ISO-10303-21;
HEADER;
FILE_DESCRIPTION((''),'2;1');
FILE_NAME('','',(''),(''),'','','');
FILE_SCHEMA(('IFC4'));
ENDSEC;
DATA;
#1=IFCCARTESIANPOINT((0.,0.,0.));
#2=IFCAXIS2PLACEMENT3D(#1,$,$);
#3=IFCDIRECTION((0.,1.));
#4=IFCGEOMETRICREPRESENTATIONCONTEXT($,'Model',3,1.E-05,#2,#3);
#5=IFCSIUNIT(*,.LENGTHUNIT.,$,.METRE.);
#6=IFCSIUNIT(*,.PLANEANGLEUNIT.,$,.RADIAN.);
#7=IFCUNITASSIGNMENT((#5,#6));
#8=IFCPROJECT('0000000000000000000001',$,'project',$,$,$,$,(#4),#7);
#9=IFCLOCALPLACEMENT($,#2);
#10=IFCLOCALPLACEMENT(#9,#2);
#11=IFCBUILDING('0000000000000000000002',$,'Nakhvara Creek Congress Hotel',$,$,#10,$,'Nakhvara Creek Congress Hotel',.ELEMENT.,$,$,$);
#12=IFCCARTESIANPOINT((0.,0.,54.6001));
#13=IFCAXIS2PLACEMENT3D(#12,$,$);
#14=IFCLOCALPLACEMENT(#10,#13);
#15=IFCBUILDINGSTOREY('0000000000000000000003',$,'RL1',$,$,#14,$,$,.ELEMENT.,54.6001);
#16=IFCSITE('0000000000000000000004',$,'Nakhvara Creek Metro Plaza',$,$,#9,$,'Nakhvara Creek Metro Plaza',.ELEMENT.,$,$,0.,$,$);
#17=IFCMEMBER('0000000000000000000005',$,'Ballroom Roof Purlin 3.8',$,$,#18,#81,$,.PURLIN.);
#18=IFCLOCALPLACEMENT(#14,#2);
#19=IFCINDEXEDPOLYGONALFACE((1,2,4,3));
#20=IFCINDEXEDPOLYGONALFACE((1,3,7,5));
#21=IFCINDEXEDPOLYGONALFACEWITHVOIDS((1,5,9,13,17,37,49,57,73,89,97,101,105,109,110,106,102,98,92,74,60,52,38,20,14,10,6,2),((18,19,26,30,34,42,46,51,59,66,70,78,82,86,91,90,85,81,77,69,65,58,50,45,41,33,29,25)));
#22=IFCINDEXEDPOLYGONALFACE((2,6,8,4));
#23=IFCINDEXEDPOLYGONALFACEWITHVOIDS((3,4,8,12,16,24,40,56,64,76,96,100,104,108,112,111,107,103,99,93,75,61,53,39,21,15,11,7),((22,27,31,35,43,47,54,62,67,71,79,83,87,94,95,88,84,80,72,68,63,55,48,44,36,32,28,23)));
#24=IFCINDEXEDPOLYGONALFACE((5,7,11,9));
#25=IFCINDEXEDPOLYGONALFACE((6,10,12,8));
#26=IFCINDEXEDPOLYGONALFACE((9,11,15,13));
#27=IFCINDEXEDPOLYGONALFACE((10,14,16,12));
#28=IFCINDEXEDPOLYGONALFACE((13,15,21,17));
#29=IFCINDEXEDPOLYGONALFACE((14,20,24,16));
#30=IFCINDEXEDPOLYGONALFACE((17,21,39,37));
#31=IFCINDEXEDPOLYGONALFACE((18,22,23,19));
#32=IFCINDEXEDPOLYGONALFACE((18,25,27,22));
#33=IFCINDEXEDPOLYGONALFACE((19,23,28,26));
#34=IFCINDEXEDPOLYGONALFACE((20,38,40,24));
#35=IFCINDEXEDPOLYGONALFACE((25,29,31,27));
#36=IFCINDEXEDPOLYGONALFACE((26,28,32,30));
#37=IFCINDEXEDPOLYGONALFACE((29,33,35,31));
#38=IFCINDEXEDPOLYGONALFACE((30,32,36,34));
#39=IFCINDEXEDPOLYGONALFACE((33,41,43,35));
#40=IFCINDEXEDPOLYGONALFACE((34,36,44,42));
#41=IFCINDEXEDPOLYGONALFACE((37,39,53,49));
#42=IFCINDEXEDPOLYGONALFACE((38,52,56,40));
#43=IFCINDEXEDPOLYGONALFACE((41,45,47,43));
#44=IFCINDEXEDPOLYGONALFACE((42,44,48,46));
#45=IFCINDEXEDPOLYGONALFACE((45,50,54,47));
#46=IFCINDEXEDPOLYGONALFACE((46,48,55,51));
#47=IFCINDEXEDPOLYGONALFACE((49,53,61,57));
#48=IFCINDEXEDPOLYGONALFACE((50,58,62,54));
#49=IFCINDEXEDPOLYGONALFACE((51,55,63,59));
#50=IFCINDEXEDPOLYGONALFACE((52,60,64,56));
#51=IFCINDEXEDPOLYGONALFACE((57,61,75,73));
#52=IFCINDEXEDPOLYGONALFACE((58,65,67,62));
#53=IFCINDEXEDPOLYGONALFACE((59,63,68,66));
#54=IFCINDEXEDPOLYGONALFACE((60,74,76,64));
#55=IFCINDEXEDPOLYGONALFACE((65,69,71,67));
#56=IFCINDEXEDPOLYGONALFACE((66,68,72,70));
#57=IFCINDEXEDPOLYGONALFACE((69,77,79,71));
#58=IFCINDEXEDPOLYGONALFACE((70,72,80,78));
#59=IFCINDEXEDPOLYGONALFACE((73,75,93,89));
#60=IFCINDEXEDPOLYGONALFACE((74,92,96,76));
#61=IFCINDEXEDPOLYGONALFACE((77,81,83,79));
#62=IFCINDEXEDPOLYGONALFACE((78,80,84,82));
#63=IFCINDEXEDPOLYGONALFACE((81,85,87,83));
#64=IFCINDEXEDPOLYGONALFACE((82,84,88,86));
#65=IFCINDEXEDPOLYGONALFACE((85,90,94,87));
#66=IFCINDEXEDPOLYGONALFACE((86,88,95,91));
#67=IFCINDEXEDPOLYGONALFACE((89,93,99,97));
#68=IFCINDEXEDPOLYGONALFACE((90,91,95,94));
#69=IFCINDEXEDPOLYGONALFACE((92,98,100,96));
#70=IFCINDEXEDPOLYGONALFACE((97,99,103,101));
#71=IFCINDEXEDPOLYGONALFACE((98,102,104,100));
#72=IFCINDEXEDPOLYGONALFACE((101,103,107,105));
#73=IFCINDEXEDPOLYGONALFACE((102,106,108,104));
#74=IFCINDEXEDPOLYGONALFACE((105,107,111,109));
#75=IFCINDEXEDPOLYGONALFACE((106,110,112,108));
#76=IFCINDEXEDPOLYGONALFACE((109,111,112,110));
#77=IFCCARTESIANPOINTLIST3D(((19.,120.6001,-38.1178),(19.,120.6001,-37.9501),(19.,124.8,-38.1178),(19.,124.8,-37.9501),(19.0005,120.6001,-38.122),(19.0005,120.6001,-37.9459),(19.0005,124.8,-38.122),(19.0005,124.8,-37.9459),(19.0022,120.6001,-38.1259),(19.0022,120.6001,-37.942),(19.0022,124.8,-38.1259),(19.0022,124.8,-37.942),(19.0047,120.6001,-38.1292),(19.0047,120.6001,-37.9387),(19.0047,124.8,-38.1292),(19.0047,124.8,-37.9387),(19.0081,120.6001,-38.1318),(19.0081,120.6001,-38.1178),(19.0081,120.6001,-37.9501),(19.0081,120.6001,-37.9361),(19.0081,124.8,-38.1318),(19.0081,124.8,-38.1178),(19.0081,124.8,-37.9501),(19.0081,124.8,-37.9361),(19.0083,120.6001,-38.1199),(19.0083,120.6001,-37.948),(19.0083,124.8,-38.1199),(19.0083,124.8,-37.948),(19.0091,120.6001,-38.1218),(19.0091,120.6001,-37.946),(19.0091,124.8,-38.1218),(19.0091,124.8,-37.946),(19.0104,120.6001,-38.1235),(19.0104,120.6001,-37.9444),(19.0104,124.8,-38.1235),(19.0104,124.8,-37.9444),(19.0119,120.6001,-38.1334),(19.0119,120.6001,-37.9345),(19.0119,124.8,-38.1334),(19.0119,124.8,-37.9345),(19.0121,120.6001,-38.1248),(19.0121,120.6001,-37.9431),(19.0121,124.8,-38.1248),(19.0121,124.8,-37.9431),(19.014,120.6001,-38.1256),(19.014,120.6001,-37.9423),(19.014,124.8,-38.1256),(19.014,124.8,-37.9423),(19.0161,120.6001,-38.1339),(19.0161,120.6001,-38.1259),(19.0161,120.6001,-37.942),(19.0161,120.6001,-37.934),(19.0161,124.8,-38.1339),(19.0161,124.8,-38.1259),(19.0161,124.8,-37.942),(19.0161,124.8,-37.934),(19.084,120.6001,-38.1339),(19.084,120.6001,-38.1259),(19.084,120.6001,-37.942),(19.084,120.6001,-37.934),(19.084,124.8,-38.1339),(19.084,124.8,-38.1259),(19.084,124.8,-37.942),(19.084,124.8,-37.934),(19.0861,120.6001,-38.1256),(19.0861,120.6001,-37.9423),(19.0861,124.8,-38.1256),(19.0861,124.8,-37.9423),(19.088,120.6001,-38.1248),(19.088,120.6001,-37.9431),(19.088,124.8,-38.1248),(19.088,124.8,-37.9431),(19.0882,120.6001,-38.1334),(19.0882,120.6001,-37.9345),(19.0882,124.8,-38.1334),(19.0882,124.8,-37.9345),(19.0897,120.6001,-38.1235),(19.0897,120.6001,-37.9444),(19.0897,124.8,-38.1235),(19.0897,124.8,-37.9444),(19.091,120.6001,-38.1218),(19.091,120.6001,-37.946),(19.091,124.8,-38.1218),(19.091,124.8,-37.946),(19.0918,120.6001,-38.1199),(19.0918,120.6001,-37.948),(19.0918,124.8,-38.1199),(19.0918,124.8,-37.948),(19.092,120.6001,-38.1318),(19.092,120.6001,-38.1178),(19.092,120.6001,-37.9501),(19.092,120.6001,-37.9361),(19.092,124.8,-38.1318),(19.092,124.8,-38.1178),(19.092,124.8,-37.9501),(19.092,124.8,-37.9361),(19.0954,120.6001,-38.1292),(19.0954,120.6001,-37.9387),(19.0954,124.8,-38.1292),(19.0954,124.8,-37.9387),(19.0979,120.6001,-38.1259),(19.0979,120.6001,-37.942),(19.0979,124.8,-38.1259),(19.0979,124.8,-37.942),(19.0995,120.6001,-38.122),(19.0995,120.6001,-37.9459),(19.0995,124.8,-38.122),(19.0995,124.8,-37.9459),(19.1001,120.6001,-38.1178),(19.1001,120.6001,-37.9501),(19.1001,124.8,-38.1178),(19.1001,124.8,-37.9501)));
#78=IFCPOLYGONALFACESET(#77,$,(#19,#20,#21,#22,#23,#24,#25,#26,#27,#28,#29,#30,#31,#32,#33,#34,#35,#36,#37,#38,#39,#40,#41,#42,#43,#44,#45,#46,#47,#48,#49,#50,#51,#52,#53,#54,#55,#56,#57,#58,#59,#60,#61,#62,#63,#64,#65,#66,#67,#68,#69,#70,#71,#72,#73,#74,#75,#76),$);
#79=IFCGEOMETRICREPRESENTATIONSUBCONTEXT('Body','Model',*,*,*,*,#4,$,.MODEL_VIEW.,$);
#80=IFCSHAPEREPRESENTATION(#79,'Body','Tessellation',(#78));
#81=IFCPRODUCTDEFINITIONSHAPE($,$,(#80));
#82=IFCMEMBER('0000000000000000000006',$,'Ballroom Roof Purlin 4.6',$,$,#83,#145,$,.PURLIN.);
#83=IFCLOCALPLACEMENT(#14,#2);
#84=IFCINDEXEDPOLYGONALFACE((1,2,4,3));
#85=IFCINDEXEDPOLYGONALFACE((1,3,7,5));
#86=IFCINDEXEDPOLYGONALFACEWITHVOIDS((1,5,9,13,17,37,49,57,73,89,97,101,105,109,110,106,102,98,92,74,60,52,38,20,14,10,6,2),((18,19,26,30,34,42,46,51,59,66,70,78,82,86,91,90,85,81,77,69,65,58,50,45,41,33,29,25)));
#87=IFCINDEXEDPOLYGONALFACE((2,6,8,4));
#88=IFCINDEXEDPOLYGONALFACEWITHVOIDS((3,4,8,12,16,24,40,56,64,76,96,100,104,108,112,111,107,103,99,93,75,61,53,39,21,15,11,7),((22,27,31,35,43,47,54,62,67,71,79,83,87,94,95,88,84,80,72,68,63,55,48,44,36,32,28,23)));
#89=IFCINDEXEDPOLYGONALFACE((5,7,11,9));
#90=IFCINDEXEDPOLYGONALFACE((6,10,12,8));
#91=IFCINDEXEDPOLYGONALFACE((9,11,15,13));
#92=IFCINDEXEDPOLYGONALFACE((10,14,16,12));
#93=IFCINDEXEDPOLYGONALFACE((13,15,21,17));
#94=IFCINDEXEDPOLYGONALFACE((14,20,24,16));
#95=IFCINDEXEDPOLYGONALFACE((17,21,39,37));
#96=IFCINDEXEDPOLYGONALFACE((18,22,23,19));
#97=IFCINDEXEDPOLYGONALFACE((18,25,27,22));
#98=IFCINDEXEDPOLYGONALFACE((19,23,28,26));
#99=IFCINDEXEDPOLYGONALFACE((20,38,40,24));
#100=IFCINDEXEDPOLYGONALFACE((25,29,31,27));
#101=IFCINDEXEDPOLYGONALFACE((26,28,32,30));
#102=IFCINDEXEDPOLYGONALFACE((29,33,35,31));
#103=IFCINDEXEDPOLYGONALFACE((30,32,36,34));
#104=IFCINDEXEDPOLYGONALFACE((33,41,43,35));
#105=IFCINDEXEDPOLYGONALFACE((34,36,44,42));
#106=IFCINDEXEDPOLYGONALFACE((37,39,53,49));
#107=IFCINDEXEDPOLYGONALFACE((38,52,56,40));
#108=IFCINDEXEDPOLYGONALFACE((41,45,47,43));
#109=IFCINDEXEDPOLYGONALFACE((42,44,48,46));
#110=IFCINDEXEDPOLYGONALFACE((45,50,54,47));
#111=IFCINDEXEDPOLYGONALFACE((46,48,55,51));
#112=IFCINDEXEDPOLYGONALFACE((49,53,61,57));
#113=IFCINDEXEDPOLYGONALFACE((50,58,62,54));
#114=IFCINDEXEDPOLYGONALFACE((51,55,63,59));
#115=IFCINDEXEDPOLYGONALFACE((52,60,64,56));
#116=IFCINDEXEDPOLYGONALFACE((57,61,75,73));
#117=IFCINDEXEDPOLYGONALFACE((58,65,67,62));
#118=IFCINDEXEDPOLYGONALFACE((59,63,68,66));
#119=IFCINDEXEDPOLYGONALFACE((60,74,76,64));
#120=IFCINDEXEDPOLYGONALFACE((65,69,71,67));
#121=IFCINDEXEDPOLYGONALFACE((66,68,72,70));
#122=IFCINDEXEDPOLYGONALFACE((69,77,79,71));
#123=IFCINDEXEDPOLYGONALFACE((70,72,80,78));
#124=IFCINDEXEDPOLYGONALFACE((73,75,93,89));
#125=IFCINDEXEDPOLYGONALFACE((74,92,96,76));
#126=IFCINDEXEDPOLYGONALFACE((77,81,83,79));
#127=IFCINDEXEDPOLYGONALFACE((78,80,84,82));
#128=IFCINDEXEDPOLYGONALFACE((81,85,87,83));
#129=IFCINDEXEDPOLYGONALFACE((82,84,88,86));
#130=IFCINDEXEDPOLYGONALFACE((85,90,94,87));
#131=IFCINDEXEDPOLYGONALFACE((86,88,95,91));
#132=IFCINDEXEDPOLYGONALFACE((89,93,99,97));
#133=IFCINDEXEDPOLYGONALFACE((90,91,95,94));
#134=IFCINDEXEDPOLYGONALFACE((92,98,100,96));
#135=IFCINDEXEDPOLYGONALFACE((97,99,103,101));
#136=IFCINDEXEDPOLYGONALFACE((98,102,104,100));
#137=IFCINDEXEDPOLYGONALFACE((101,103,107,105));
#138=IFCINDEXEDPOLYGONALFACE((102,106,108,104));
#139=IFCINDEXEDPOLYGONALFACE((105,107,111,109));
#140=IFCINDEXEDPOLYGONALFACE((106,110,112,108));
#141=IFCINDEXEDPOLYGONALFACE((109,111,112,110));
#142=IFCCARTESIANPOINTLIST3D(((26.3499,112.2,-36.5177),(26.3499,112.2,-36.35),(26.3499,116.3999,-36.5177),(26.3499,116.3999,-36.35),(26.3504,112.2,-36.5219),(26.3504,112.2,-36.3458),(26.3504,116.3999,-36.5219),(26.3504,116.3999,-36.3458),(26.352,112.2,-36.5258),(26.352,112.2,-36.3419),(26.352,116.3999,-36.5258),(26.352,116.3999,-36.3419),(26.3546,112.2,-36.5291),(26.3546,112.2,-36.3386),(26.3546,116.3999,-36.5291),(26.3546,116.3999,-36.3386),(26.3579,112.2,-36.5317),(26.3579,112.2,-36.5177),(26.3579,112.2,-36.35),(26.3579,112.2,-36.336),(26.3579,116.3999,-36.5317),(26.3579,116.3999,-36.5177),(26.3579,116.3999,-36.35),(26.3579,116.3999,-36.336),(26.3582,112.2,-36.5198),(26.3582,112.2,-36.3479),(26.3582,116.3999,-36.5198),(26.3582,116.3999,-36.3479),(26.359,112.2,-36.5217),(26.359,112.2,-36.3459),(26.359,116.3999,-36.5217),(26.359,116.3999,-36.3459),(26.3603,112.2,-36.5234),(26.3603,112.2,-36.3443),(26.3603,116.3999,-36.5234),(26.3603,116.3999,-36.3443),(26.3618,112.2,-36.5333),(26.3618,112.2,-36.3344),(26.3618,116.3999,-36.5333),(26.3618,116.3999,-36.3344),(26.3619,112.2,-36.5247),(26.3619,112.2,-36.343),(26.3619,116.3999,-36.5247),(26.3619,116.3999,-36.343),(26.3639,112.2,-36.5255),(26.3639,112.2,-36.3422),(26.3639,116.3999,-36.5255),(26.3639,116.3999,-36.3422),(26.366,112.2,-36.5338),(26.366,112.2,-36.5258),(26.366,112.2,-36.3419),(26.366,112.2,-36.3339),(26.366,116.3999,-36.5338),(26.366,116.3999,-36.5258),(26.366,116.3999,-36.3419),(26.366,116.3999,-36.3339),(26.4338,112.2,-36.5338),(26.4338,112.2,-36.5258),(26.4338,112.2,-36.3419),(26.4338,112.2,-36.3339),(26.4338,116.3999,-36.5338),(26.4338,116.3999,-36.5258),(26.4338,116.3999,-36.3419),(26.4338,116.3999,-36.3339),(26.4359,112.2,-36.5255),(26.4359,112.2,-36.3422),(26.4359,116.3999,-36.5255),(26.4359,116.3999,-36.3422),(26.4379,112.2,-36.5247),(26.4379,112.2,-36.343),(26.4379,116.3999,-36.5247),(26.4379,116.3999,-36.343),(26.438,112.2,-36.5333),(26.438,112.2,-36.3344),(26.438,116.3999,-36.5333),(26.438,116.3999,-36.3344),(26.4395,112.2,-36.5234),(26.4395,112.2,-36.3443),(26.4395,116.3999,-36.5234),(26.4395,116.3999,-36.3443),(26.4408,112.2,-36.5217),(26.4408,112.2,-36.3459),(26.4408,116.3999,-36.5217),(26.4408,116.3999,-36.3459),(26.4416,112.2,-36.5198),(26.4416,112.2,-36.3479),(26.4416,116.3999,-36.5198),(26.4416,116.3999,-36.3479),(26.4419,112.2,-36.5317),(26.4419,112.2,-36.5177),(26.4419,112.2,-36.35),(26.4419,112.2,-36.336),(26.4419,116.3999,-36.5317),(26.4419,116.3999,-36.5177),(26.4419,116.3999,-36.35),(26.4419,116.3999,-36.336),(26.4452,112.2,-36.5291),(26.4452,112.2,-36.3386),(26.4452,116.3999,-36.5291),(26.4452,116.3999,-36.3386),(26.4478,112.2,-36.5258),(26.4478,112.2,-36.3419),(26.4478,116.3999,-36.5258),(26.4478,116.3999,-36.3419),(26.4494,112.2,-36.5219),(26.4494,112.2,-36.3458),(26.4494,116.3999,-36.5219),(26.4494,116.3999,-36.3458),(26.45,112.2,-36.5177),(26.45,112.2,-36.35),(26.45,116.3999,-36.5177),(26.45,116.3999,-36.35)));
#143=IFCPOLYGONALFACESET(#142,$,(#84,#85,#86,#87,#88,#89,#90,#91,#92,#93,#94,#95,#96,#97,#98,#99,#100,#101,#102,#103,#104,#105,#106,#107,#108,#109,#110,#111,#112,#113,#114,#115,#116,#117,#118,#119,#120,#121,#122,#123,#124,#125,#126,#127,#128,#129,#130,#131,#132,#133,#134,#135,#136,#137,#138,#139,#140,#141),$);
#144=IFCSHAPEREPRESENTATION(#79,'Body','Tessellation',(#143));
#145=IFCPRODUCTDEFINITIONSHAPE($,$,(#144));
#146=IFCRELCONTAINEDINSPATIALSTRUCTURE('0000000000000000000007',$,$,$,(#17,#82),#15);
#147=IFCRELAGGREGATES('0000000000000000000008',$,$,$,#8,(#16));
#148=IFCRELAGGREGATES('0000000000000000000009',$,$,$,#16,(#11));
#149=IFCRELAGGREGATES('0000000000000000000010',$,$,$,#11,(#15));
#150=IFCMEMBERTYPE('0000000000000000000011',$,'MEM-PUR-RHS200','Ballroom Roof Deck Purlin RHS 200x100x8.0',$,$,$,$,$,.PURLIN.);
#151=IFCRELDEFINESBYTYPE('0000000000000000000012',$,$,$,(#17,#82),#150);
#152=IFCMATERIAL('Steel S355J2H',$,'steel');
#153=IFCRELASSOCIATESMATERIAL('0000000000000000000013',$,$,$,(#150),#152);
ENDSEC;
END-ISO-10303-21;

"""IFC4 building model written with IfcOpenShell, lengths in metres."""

from ifc_helpers import new_model, si_unit, direction, frame, origin, origin_2d, place, context, subcontext, project, spatial, hollow_rectangle, extrude, material, material_profile, profile_set, type_object, element, save


model = new_model("IFC4")

# Units and contexts
model_context = context("Model", 3, precision=1e-05, world=origin(), true_north=direction((0.0, 1.0)))
body_context = subcontext(model_context, "Body", "Model", "MODEL_VIEW")
ifc_project = project(units=[si_unit("LENGTHUNIT", "METRE"), si_unit("PLANEANGLEUNIT", "RADIAN")], contexts=[model_context])

# Site, building, storey
site_placement = place(None, origin())
site = spatial("IfcSite", under=ifc_project, at=site_placement, Name="Nakhvara Creek Metro Plaza", LongName="Nakhvara Creek Metro Plaza", CompositionType="ELEMENT", RefElevation=0.0)
building_placement = place(site_placement, origin())
building = spatial("IfcBuilding", under=site, at=building_placement, Name="Nakhvara Creek Congress Hotel", LongName="Nakhvara Creek Congress Hotel", CompositionType="ELEMENT")
storey_placement = place(building_placement, frame((0.0, 0.0, 54.6001)))
storey = spatial("IfcBuildingStorey", under=building, at=storey_placement, Name="RL1", CompositionType="ELEMENT", Elevation=54.6001)

# Members
ifc_material_1 = material(Name="Steel S355J2H", Category="steel")
ifc_material_profile_1 = material_profile(ifc_material_1, hollow_rectangle(XDim=0.1001, YDim=0.2, WallThickness=0.0081, InnerFilletRadius=0.0081, OuterFilletRadius=0.0161, at=origin_2d()), Name="RHS 200x100x8.0", Category="LoadBearing")
ifc_profile_set_1 = profile_set([ifc_material_profile_1], Name="Steel S355J2H")
member_type_1 = type_object("IfcMemberType", Name="MEM-PUR-RHS200", Description="Ballroom Roof Deck Purlin RHS 200x100x8.0", PredefinedType="PURLIN", material=ifc_profile_set_1)
for number, where, z_axis, x_axis, name in (
    (1, (19.05, 120.6001, -38.0339), (0.0, 1.0, 0.0), (-1.0, 0.0, 0.0), "Ballroom Roof Purlin 3.8"),
    (2, (26.3999, 112.2, -36.4338), (0.0, 1.0, 0.0), (-1.0, 0.0, 0.0), "Ballroom Roof Purlin 4.6"),
):
    element("IfcMember", number, at=place(storey_placement, frame(where, z_axis=z_axis, x_axis=x_axis)), inside=storey, type_object=member_type_1, Name=name, PredefinedType="PURLIN", context=body_context, shape_type="SweptSolid", body=[
        extrude(hollow_rectangle(XDim=0.1001, YDim=0.2, WallThickness=0.0081, InnerFilletRadius=0.0081, OuterFilletRadius=0.0161, at=origin_2d()), origin(), (0.0, 0.0, 1.0), 4.2),
    ])

save(model, "model.ifc")
